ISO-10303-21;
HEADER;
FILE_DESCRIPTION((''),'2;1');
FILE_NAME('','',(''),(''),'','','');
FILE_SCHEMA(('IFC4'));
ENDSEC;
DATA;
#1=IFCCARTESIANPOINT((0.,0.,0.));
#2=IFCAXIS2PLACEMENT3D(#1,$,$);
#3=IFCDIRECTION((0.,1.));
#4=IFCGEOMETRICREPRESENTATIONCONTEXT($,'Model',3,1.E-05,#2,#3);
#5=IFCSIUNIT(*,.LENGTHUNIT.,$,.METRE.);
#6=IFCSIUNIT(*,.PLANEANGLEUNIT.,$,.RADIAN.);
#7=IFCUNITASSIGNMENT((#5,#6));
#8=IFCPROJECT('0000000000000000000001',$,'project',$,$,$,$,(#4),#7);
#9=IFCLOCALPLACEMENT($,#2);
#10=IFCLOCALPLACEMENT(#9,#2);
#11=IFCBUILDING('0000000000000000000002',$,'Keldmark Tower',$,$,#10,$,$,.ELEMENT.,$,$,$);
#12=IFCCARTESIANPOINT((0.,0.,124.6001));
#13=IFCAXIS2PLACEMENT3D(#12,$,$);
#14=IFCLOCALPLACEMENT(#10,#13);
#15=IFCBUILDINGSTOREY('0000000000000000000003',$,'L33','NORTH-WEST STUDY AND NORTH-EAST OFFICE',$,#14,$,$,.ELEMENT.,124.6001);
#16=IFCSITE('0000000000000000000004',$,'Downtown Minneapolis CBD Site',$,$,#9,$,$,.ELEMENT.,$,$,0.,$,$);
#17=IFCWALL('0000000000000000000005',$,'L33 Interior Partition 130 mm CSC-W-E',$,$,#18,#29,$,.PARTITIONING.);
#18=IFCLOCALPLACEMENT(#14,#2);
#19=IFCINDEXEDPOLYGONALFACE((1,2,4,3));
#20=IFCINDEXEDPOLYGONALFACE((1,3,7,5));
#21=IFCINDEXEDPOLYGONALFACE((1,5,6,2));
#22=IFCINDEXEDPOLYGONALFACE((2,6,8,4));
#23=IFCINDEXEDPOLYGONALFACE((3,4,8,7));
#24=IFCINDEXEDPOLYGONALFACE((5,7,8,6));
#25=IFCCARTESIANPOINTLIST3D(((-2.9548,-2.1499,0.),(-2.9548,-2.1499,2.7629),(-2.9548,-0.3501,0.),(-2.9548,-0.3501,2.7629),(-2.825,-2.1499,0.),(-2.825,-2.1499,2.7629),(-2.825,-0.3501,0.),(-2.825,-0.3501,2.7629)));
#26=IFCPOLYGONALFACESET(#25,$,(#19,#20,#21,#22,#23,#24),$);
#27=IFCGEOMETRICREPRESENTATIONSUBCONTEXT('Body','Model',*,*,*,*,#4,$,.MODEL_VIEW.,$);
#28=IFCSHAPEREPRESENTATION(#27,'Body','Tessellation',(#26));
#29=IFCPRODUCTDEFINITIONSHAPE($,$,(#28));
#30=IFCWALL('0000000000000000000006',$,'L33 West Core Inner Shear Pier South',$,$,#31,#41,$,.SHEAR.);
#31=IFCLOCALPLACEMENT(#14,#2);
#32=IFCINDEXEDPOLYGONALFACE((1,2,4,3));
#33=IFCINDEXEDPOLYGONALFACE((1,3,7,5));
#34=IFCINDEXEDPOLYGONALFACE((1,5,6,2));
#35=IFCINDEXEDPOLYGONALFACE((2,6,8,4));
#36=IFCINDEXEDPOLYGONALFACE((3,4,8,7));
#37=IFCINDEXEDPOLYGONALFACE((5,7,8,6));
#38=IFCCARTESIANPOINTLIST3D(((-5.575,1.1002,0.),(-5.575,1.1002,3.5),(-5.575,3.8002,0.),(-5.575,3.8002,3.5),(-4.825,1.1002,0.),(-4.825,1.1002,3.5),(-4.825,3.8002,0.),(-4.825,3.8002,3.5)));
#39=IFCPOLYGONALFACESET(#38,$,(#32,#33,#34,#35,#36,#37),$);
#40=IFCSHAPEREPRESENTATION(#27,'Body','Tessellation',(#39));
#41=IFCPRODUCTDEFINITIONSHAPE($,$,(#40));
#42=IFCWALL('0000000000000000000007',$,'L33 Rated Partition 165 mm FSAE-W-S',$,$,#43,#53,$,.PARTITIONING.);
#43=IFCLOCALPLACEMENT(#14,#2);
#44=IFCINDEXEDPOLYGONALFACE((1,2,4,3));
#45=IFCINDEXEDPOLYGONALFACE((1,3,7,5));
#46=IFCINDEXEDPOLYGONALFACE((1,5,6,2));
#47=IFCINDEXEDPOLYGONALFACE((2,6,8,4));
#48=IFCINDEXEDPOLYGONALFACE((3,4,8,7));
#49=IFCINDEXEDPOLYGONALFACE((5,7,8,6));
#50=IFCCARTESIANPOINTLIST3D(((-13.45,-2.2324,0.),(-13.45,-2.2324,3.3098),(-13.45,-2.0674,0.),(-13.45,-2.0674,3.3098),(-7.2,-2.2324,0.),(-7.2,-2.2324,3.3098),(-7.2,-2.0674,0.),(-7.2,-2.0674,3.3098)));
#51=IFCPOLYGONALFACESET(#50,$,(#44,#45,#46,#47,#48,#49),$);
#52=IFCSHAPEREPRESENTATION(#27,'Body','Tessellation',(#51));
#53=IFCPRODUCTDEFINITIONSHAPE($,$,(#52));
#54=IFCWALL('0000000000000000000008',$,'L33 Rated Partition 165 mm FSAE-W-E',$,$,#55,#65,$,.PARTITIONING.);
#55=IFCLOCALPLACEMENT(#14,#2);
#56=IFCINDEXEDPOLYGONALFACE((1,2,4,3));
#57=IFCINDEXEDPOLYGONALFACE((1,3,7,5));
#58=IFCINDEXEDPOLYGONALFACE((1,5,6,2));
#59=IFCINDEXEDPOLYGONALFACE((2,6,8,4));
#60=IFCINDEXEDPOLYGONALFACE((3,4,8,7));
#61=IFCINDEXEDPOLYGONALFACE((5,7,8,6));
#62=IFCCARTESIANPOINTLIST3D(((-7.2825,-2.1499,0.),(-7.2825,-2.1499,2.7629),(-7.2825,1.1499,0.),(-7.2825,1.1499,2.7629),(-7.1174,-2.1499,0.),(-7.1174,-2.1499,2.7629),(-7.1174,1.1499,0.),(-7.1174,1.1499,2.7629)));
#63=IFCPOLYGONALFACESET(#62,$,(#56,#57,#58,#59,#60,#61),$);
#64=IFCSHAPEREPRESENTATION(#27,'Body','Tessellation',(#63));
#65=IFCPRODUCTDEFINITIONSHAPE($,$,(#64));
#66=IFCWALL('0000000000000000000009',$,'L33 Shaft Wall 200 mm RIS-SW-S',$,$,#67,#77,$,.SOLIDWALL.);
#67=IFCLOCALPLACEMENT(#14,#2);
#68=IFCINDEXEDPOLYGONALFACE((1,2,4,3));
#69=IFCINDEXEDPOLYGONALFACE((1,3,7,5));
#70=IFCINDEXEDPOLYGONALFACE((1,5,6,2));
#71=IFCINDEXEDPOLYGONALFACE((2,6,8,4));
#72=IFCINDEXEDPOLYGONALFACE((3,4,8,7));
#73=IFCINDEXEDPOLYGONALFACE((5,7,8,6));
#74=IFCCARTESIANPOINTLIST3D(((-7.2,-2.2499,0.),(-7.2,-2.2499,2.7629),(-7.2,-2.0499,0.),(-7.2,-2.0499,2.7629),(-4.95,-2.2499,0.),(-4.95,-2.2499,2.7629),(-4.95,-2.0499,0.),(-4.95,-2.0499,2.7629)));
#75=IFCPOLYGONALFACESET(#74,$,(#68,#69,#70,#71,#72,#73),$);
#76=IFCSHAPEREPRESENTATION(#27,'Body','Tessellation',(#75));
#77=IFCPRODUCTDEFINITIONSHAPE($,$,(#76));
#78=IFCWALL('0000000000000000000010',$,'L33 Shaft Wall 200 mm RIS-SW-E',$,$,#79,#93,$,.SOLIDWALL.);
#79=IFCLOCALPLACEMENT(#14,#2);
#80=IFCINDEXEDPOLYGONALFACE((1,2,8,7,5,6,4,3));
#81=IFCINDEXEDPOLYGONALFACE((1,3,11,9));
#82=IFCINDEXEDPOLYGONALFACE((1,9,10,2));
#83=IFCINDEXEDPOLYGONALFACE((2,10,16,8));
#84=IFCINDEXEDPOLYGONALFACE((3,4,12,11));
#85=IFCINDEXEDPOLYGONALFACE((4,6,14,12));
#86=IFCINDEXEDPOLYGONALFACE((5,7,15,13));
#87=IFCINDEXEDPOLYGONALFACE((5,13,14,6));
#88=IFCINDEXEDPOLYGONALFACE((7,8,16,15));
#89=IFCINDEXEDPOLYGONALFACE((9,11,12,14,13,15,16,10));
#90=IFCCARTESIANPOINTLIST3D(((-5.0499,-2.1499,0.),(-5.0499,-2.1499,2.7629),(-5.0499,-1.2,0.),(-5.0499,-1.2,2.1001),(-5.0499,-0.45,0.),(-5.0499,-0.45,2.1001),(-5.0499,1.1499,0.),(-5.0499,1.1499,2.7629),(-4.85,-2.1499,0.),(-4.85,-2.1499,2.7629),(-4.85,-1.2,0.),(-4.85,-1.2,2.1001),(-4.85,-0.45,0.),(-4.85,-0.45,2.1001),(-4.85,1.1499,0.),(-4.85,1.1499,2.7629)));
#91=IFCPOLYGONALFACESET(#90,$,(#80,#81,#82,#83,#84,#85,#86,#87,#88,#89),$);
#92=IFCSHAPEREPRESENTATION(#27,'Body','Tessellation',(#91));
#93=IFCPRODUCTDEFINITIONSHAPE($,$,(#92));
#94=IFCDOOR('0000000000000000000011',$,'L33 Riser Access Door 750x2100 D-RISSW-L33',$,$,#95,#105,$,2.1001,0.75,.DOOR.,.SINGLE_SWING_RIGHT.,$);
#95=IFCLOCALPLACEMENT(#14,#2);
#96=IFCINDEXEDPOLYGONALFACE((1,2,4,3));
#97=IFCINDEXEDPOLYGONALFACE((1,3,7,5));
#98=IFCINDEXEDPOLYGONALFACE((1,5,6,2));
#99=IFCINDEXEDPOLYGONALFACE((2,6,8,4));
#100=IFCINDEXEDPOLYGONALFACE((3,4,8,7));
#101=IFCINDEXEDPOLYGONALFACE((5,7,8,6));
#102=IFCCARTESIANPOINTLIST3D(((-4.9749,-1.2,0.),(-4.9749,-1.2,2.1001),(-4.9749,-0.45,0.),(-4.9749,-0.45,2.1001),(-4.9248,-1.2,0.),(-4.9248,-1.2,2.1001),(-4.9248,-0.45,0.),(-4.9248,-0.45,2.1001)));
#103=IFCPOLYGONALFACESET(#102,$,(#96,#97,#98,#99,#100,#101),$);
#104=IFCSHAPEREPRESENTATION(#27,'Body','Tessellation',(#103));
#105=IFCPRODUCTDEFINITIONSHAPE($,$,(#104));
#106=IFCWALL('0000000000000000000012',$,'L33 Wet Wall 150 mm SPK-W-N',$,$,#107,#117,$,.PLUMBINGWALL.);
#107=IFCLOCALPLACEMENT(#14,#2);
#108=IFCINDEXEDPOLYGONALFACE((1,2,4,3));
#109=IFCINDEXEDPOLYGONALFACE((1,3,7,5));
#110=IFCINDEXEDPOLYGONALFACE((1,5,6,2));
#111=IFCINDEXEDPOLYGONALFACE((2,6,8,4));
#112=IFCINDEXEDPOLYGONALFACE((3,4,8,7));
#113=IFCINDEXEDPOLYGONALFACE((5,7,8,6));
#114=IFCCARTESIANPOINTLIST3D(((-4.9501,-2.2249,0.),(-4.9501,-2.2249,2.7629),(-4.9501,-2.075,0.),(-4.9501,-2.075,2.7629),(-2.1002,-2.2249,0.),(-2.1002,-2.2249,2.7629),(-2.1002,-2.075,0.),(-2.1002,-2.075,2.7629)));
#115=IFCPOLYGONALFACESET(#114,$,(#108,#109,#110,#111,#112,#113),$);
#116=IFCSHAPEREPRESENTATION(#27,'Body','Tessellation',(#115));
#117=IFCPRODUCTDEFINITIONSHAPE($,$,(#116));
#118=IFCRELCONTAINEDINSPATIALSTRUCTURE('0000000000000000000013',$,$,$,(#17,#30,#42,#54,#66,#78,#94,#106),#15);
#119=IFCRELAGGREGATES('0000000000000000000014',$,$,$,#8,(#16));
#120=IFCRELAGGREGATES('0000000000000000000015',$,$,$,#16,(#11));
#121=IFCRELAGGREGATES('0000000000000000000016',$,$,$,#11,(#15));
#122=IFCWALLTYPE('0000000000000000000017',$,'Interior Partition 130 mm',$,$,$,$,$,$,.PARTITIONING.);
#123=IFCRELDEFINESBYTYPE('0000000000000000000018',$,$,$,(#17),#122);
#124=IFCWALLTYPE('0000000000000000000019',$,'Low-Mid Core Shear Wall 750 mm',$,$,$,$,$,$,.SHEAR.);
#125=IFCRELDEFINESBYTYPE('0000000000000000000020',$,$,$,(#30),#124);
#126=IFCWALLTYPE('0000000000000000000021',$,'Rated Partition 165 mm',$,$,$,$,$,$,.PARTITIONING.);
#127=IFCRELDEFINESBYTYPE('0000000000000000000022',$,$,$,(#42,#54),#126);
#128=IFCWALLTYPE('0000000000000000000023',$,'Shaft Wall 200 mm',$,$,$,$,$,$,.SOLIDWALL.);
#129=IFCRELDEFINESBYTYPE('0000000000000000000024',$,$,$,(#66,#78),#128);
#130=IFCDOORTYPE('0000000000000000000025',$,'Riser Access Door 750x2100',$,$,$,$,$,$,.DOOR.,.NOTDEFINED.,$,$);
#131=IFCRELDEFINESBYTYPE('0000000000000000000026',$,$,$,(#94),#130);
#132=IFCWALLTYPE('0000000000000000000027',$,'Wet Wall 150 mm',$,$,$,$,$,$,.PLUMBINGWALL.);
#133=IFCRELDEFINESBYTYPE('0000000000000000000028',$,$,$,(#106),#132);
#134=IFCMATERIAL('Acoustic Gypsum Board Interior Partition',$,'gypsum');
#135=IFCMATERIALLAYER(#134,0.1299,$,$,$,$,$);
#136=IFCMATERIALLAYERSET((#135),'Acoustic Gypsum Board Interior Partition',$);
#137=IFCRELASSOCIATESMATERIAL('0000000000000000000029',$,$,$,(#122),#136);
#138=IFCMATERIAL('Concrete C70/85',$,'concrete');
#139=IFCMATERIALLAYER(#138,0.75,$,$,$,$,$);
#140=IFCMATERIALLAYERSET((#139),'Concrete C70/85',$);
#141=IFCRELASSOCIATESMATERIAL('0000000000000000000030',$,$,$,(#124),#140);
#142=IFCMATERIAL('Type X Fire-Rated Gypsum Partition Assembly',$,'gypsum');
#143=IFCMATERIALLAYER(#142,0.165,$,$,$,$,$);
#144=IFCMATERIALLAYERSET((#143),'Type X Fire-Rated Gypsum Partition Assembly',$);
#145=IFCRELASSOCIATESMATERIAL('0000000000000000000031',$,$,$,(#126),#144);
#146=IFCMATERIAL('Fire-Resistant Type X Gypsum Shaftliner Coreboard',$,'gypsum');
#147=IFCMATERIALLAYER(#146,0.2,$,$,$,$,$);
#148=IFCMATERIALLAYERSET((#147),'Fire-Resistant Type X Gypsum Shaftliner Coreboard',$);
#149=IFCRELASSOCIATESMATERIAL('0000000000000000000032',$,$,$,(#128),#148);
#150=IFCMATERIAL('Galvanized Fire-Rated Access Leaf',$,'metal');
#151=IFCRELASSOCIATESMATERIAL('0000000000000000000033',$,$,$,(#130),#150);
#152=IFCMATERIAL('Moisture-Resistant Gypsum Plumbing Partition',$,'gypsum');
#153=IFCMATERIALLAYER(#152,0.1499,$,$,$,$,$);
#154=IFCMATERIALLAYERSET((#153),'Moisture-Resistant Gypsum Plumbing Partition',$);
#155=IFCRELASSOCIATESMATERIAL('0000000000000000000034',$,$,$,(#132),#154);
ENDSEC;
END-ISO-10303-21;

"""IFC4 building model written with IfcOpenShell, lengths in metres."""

from ifc_helpers import new_model, si_unit, direction, frame, frame_2d, origin, place, context, subcontext, project, spatial, rectangle, extrude, material, layer, layer_set, type_object, element, fill, save


model = new_model("IFC4")

# Units and contexts
model_context = context("Model", 3, precision=1e-05, world=origin(), true_north=direction((0.0, 1.0)))
body_context = subcontext(model_context, "Body", "Model", "MODEL_VIEW")
ifc_project = project(units=[si_unit("LENGTHUNIT", "METRE"), si_unit("PLANEANGLEUNIT", "RADIAN")], contexts=[model_context])

# Site, building, storey
site_placement = place(None, origin())
site = spatial("IfcSite", under=ifc_project, at=site_placement, Name="Downtown Minneapolis CBD Site", CompositionType="ELEMENT", RefElevation=0.0)
building_placement = place(site_placement, origin())
building = spatial("IfcBuilding", under=site, at=building_placement, Name="Keldmark Tower", CompositionType="ELEMENT")
storey_placement = place(building_placement, frame((0.0, 0.0, 124.6001)))
storey = spatial("IfcBuildingStorey", under=building, at=storey_placement, Name="L33", Description="NORTH-WEST STUDY AND NORTH-EAST OFFICE", CompositionType="ELEMENT", Elevation=124.6001)

# Shared definitions
ifc_material_1 = material(Name="Acoustic Gypsum Board Interior Partition", Category="gypsum")
ifc_layer_1 = layer(ifc_material_1, 0.1299)
ifc_layer_set_1 = layer_set([ifc_layer_1], Name="Acoustic Gypsum Board Interior Partition")
wall_type_1 = type_object("IfcWallType", Name="Interior Partition 130 mm", PredefinedType="PARTITIONING", material=ifc_layer_set_1)

# Wall
wall_1_placement = place(storey_placement, frame((-2.8899, -2.1499, 0.0), z_axis=(0.0, 0.0, 1.0), x_axis=(0.0, 1.0, 0.0)))
element("IfcWall", 1, at=wall_1_placement, inside=storey, type_object=wall_type_1, Name="L33 Interior Partition 130 mm CSC-W-E", PredefinedType="PARTITIONING", context=body_context, shape_type="SweptSolid", body=[
    extrude(rectangle(XDim=1.7998, YDim=0.1299, at=frame_2d((0.8999, 0.0))), origin(), (0.0, 0.0, 1.0), 2.7629),
])

# Shared definitions
ifc_material_2 = material(Name="Concrete C70/85", Category="concrete")
ifc_layer_2 = layer(ifc_material_2, 0.75)
ifc_layer_set_2 = layer_set([ifc_layer_2], Name="Concrete C70/85")
wall_type_2 = type_object("IfcWallType", Name="Low-Mid Core Shear Wall 750 mm", PredefinedType="SHEAR", material=ifc_layer_set_2)

# Walls
wall_2_placement = place(storey_placement, frame((-5.2, 1.1001, 0.0), z_axis=(0.0, 0.0, 1.0), x_axis=(0.0, 1.0, 0.0)))
element("IfcWall", 2, at=wall_2_placement, inside=storey, type_object=wall_type_2, Name="L33 West Core Inner Shear Pier South", PredefinedType="SHEAR", context=body_context, shape_type="SweptSolid", body=[
    extrude(rectangle(XDim=2.7, YDim=0.75, at=frame_2d((1.3501, 0.0))), origin(), (0.0, 0.0, 1.0), 3.5),
])
ifc_material_3 = material(Name="Type X Fire-Rated Gypsum Partition Assembly", Category="gypsum")
ifc_layer_3 = layer(ifc_material_3, 0.165)
ifc_layer_set_3 = layer_set([ifc_layer_3], Name="Type X Fire-Rated Gypsum Partition Assembly")
wall_type_3 = type_object("IfcWallType", Name="Rated Partition 165 mm", PredefinedType="PARTITIONING", material=ifc_layer_set_3)
wall_3_placement = place(storey_placement, frame((-13.45, -2.1499, 0.0), z_axis=(0.0, 0.0, 1.0), x_axis=(1.0, 0.0, 0.0)))
element("IfcWall", 3, at=wall_3_placement, inside=storey, type_object=wall_type_3, Name="L33 Rated Partition 165 mm FSAE-W-S", PredefinedType="PARTITIONING", context=body_context, shape_type="SweptSolid", body=[
    extrude(rectangle(XDim=6.25, YDim=0.165, at=frame_2d((3.125, 0.0))), origin(), (0.0, 0.0, 1.0), 3.3098),
])

# Walls
wall_4_placement = place(storey_placement, frame((-7.2, -2.1499, 0.0), z_axis=(0.0, 0.0, 1.0), x_axis=(0.0, 1.0, 0.0)))
element("IfcWall", 4, at=wall_4_placement, inside=storey, type_object=wall_type_3, Name="L33 Rated Partition 165 mm FSAE-W-E", PredefinedType="PARTITIONING", context=body_context, shape_type="SweptSolid", body=[
    extrude(rectangle(XDim=3.2998, YDim=0.165, at=frame_2d((1.6499, 0.0))), origin(), (0.0, 0.0, 1.0), 2.7629),
])
ifc_material_4 = material(Name="Fire-Resistant Type X Gypsum Shaftliner Coreboard", Category="gypsum")
ifc_layer_4 = layer(ifc_material_4, 0.2)
ifc_layer_set_4 = layer_set([ifc_layer_4], Name="Fire-Resistant Type X Gypsum Shaftliner Coreboard")
wall_type_4 = type_object("IfcWallType", Name="Shaft Wall 200 mm", PredefinedType="SOLIDWALL", material=ifc_layer_set_4)
wall_5_placement = place(storey_placement, frame((-7.2, -2.1499, 0.0), z_axis=(0.0, 0.0, 1.0), x_axis=(1.0, 0.0, 0.0)))
element("IfcWall", 5, at=wall_5_placement, inside=storey, type_object=wall_type_4, Name="L33 Shaft Wall 200 mm RIS-SW-S", PredefinedType="SOLIDWALL", context=body_context, shape_type="SweptSolid", body=[
    extrude(rectangle(XDim=2.25, YDim=0.2, at=frame_2d((1.125, 0.0))), origin(), (0.0, 0.0, 1.0), 2.7629),
])

# Wall, opening, door
wall_6_placement = place(storey_placement, frame((-4.95, -2.1499, 0.0), z_axis=(0.0, 0.0, 1.0), x_axis=(0.0, 1.0, 0.0)))
wall_6 = element("IfcWall", 6, at=wall_6_placement, inside=storey, type_object=wall_type_4, Name="L33 Shaft Wall 200 mm RIS-SW-E", PredefinedType="SOLIDWALL", context=body_context, shape_type="SweptSolid", body=[
    extrude(rectangle(XDim=3.2998, YDim=0.2, at=frame_2d((1.6499, 0.0))), origin(), (0.0, 0.0, 1.0), 2.7629),
])
opening_1_placement = place(wall_6_placement, frame((0.95, 0.0, 0.0)))
opening_1 = element("IfcOpeningElement", 7, at=opening_1_placement, cuts=wall_6, PredefinedType="OPENING", context=body_context, shape_type="SweptSolid", body=[
    extrude(rectangle(XDim=0.75, YDim=2.1001, at=frame_2d((0.375, 1.05))), frame((0.0, 0.1099, 0.0), z_axis=(0.0, -1.0, 0.0), x_axis=(1.0, 0.0, 0.0)), (0.0, 0.0, 1.0), 0.22),
])
ifc_material_5 = material(Name="Galvanized Fire-Rated Access Leaf", Category="metal")
door_type_1 = type_object("IfcDoorType", Name="Riser Access Door 750x2100", OperationType="NOTDEFINED", PredefinedType="DOOR", material=ifc_material_5)
door_1_placement = place(opening_1_placement, origin())
door_1 = element("IfcDoor", 8, at=door_1_placement, inside=storey, type_object=door_type_1, Name="L33 Riser Access Door 750x2100 D-RISSW-L33", OperationType="SINGLE_SWING_RIGHT", OverallHeight=2.1001, OverallWidth=0.75, PredefinedType="DOOR", context=body_context, shape_type="SweptSolid", body=[
    extrude(rectangle(XDim=0.75, YDim=2.1001, at=frame_2d((0.375, 1.05))), frame((0.0, 0.0249, 0.0), z_axis=(0.0, -1.0, 0.0), x_axis=(1.0, 0.0, 0.0)), (0.0, 0.0, 1.0), 0.05),
])
fill(opening_1, door_1)

# Wall
ifc_material_6 = material(Name="Moisture-Resistant Gypsum Plumbing Partition", Category="gypsum")
ifc_layer_5 = layer(ifc_material_6, 0.1499)
ifc_layer_set_5 = layer_set([ifc_layer_5], Name="Moisture-Resistant Gypsum Plumbing Partition")
wall_type_5 = type_object("IfcWallType", Name="Wet Wall 150 mm", PredefinedType="PLUMBINGWALL", material=ifc_layer_set_5)
wall_7_placement = place(storey_placement, frame((-4.95, -2.1499, 0.0), z_axis=(0.0, 0.0, 1.0), x_axis=(1.0, 0.0, 0.0)))
element("IfcWall", 9, at=wall_7_placement, inside=storey, type_object=wall_type_5, Name="L33 Wet Wall 150 mm SPK-W-N", PredefinedType="PLUMBINGWALL", context=body_context, shape_type="SweptSolid", body=[
    extrude(rectangle(XDim=2.8499, YDim=0.1499, at=frame_2d((1.4248, 0.0))), origin(), (0.0, 0.0, 1.0), 2.7629),
])

save(model, "model.ifc")
